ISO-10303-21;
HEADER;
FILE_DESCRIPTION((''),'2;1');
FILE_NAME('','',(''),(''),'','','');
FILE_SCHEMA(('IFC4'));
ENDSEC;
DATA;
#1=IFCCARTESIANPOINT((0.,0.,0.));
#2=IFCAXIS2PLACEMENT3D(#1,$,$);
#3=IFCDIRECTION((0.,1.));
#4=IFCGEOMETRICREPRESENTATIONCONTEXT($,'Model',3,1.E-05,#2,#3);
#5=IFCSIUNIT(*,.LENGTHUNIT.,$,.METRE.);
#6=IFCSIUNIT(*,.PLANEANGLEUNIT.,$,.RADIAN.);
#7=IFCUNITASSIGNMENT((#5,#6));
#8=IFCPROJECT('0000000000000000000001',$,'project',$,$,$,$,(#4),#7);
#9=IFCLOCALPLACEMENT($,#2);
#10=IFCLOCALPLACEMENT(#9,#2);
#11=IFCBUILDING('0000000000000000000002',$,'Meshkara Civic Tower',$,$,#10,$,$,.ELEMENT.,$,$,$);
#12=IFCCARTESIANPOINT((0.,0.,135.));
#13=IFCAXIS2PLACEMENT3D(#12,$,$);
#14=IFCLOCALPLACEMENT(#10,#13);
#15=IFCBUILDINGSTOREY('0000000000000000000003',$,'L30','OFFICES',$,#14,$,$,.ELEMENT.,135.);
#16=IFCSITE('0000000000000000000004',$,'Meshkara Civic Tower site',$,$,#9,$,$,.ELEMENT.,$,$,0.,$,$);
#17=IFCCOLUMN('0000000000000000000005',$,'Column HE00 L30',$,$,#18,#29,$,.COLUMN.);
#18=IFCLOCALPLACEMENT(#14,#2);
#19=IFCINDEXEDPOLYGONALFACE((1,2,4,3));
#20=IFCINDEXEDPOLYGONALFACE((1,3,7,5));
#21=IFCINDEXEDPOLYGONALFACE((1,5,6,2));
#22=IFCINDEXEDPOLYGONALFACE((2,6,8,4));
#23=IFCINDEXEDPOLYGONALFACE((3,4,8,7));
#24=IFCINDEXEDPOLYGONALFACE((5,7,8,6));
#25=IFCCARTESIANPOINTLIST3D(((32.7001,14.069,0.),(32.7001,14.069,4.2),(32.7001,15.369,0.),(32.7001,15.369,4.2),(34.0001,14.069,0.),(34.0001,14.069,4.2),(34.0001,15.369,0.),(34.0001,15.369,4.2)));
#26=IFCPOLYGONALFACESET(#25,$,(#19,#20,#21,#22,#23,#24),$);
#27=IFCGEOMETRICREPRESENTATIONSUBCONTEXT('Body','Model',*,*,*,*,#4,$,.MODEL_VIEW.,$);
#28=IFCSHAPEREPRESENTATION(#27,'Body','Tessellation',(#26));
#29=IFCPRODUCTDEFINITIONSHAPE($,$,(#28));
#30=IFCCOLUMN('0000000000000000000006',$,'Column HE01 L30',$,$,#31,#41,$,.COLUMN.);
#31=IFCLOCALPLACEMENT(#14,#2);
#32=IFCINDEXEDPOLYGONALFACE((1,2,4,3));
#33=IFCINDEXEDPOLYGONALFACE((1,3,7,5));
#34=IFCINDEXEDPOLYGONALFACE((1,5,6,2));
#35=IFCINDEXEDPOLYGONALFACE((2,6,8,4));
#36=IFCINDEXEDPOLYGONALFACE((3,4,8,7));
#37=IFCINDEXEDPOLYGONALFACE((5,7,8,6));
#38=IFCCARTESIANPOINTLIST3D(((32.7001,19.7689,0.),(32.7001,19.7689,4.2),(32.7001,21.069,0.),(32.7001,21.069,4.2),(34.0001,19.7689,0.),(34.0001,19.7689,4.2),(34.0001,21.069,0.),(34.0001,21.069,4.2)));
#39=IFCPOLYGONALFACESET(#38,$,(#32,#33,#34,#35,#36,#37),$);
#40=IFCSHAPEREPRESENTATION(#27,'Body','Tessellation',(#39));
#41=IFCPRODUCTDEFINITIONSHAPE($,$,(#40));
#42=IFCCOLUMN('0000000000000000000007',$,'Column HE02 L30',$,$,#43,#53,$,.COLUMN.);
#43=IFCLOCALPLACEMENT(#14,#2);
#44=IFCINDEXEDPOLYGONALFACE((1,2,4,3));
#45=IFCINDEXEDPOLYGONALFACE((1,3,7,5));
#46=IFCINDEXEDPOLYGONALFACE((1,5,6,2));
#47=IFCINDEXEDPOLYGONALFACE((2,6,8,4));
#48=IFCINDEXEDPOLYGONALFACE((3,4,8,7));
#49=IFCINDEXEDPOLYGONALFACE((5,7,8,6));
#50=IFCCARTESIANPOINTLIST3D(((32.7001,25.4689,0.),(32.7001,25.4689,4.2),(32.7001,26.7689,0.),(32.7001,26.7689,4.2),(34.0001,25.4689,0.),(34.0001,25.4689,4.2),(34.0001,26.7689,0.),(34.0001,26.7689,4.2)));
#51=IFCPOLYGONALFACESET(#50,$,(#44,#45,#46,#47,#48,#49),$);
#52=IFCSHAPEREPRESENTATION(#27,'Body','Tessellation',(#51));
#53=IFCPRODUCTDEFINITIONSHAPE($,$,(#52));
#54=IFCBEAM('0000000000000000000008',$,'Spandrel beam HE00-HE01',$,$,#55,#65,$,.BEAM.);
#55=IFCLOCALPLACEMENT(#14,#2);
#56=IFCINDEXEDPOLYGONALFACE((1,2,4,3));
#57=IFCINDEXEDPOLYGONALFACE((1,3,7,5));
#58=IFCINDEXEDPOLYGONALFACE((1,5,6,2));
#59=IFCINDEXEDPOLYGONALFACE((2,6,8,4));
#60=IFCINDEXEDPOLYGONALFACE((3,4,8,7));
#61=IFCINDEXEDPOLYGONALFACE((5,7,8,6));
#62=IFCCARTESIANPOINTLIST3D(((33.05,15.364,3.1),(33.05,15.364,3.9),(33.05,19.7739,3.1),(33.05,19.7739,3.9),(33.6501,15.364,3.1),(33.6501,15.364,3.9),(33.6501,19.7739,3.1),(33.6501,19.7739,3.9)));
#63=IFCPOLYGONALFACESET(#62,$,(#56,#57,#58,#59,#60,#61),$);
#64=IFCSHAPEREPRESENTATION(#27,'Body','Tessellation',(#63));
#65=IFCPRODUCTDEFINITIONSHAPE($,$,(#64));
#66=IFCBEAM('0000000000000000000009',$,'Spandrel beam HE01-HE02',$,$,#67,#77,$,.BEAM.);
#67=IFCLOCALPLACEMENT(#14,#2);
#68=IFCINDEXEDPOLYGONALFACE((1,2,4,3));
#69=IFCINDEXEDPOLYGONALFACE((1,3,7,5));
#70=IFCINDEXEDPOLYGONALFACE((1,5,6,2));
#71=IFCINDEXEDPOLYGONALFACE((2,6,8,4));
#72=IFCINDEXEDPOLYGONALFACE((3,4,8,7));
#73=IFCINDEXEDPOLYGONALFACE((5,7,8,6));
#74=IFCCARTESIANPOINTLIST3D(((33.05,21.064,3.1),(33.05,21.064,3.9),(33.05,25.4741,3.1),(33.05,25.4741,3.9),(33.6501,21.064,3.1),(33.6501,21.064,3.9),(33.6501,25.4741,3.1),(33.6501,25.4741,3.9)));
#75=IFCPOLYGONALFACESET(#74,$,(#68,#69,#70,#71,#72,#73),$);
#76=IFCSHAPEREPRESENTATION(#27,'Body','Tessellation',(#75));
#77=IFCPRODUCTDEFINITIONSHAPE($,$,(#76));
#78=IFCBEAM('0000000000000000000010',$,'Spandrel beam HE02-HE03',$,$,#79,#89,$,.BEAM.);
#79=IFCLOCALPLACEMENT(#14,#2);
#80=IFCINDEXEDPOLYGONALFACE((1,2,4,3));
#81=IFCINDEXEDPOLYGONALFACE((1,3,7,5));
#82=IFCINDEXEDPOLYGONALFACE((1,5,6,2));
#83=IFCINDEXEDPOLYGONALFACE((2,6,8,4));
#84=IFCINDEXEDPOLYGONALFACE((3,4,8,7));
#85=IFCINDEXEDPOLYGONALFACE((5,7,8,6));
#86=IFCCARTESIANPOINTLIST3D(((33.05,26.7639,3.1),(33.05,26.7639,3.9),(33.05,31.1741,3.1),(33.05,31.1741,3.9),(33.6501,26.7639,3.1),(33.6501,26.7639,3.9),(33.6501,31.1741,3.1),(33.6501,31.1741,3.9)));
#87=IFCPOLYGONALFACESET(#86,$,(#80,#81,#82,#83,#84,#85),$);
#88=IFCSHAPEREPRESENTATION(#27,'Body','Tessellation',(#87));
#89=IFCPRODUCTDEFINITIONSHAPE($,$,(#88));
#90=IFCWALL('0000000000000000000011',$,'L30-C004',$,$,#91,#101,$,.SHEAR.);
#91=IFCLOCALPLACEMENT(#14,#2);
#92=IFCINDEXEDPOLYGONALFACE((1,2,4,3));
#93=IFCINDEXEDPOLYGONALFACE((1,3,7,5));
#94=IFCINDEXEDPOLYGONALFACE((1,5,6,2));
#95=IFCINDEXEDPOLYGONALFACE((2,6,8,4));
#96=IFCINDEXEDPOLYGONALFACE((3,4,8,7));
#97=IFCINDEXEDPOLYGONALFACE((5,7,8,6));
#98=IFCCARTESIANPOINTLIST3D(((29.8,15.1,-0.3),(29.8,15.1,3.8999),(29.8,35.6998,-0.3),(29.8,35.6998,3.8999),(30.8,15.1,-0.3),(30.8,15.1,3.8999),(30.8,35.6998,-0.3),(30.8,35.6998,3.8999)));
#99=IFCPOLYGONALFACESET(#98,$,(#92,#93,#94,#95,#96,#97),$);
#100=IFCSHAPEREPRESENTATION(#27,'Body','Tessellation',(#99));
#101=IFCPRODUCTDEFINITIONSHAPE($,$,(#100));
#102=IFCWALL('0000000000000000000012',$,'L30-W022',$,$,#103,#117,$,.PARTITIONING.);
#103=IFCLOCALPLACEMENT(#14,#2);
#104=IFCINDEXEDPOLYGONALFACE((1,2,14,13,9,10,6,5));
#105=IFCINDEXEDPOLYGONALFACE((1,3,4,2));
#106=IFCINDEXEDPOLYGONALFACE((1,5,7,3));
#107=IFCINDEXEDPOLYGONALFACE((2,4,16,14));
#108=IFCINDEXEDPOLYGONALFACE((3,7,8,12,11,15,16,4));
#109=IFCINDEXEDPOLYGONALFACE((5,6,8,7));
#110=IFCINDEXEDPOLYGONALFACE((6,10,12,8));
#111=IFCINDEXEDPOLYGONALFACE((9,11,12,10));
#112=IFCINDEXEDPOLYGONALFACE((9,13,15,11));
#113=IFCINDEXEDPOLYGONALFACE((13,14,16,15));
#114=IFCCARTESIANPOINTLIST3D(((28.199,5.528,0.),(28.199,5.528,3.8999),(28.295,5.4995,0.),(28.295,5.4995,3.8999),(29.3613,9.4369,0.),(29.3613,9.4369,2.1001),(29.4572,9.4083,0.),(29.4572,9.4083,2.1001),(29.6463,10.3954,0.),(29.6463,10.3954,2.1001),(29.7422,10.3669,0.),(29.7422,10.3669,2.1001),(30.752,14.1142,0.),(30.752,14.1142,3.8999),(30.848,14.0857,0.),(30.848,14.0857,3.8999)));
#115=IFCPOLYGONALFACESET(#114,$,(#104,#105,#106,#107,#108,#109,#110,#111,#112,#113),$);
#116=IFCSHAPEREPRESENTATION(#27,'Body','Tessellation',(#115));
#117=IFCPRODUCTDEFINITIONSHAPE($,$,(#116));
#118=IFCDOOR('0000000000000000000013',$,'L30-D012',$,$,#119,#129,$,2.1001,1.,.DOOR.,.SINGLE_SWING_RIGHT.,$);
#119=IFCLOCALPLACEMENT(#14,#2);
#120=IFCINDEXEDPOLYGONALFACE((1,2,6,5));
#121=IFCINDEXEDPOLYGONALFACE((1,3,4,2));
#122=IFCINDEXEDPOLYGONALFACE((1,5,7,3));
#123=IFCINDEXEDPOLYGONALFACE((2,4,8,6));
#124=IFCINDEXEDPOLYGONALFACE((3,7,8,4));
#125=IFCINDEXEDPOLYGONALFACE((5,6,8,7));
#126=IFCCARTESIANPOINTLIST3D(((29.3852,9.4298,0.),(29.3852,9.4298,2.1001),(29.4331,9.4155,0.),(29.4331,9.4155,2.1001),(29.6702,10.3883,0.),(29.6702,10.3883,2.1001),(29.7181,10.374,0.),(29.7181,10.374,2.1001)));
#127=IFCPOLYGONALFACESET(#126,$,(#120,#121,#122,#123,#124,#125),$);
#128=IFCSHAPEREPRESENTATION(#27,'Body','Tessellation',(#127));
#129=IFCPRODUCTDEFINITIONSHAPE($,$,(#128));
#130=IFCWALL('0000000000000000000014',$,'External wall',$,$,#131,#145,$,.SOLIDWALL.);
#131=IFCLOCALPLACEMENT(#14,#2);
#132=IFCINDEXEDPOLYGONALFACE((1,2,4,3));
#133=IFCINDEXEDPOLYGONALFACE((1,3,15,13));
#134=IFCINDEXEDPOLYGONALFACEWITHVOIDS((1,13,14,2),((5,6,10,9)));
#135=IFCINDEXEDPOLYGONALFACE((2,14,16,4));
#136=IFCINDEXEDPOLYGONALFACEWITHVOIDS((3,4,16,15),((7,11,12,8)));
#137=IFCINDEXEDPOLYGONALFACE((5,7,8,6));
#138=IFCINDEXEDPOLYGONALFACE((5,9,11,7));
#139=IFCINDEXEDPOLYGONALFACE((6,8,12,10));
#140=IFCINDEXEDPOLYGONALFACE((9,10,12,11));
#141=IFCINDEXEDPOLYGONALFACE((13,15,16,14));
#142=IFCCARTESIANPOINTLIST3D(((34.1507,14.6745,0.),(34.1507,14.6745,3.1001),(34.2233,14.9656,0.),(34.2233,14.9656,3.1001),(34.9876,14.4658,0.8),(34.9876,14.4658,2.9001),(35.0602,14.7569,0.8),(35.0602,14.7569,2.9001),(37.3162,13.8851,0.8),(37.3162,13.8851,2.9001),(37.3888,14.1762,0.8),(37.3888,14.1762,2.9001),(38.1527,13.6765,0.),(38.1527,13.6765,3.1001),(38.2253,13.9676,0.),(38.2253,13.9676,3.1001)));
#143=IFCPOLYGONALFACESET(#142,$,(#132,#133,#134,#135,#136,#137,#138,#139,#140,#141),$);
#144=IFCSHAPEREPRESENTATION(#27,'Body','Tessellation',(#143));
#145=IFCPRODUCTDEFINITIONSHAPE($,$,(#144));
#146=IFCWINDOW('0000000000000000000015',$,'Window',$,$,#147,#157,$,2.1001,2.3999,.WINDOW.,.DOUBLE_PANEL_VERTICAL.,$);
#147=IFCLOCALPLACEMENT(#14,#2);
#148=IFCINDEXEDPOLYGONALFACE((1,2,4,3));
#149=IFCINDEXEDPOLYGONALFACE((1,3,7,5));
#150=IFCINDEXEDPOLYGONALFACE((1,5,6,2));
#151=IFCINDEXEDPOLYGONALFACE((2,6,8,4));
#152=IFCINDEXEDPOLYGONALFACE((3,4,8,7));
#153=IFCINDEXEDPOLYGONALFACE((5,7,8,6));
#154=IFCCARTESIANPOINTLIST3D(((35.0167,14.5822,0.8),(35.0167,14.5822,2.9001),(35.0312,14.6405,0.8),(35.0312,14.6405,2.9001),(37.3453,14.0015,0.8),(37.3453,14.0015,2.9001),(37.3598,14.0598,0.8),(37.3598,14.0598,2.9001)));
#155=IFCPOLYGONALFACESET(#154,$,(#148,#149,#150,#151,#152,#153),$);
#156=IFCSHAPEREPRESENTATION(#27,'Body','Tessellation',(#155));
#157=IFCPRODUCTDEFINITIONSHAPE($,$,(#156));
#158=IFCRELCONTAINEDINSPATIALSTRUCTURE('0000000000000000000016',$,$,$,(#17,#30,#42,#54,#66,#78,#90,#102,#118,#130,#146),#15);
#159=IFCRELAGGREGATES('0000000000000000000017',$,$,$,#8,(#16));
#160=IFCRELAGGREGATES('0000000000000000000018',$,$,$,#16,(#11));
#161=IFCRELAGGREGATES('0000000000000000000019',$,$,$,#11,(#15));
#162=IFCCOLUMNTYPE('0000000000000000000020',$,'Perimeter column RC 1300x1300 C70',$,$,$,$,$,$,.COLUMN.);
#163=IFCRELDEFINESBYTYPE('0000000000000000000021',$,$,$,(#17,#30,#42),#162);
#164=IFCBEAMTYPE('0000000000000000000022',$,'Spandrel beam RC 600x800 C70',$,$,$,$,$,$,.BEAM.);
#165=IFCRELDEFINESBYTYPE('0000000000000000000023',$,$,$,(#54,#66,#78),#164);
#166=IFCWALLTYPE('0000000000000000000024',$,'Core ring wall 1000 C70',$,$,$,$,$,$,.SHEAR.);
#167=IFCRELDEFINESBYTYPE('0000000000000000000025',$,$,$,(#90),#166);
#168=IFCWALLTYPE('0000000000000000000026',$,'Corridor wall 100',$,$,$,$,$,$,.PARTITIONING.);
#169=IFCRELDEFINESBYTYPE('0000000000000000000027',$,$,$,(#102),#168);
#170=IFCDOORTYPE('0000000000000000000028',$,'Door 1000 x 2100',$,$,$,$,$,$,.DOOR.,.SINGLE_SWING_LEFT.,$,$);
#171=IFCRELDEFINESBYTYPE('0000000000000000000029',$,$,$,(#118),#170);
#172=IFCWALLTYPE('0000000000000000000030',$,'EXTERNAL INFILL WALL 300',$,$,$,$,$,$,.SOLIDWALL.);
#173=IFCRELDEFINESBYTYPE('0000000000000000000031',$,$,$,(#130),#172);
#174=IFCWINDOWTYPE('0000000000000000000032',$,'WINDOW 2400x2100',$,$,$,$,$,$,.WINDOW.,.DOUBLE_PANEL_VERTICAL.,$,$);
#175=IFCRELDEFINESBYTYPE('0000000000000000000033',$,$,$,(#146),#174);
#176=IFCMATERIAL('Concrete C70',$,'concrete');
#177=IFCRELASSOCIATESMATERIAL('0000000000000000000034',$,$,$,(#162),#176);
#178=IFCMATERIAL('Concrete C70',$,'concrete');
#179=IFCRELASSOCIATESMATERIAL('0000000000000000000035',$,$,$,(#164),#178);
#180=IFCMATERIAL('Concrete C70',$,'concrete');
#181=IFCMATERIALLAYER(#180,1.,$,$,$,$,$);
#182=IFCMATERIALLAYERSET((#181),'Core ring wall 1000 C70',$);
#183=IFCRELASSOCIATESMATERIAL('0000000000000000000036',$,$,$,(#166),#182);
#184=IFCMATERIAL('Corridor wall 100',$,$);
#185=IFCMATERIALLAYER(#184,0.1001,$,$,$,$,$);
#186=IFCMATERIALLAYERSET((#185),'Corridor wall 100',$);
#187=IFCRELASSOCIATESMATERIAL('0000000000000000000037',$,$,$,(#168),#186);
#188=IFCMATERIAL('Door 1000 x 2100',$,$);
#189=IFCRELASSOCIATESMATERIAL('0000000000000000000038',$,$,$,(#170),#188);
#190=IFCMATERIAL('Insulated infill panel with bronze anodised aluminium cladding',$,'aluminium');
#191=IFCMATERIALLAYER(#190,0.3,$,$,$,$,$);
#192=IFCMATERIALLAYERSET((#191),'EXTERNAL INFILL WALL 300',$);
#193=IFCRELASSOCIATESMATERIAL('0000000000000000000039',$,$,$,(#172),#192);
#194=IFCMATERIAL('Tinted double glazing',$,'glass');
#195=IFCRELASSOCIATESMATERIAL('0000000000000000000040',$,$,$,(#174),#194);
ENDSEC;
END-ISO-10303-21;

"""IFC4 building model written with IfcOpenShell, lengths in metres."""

from ifc_helpers import new_model, si_unit, direction, frame, frame_2d, origin, origin_2d, place, context, subcontext, project, spatial, rectangle, extrude, material, layer, layer_set, material_profile, profile_set, type_object, element, fill, save


model = new_model("IFC4")

# Units and contexts
model_context = context("Model", 3, precision=1e-05, world=origin(), true_north=direction((0.0, 1.0)))
body_context = subcontext(model_context, "Body", "Model", "MODEL_VIEW")
ifc_project = project(units=[si_unit("LENGTHUNIT", "METRE"), si_unit("PLANEANGLEUNIT", "RADIAN")], contexts=[model_context])

# Site, building, storey
site_placement = place(None, origin())
site = spatial("IfcSite", under=ifc_project, at=site_placement, Name="Meshkara Civic Tower site", CompositionType="ELEMENT", RefElevation=0.0)
building_placement = place(site_placement, origin())
building = spatial("IfcBuilding", under=site, at=building_placement, Name="Meshkara Civic Tower", CompositionType="ELEMENT")
storey_placement = place(building_placement, frame((0.0, 0.0, 135.0)))
storey = spatial("IfcBuildingStorey", under=building, at=storey_placement, Name="L30", Description="OFFICES", CompositionType="ELEMENT", Elevation=135.0)

# Columns
ifc_material_1 = material(Name="Concrete C70", Category="concrete")
ifc_material_profile_1 = material_profile(ifc_material_1, rectangle(XDim=1.3, YDim=1.3, at=origin_2d()))
ifc_profile_set_1 = profile_set([ifc_material_profile_1], Name="Concrete C70")
column_type = type_object("IfcColumnType", Name="Perimeter column RC 1300x1300 C70", PredefinedType="COLUMN", material=ifc_profile_set_1)
for number, where, z_axis, x_axis, name in (
    (1, (33.3501, 14.719, 0.0), (0.0, 0.0, 1.0), (1.0, 0.0, 0.0), "Column HE00 L30"),
    (2, (33.3501, 20.4189, 0.0), (0.0, 0.0, 1.0), (1.0, 0.0, 0.0), "Column HE01 L30"),
    (3, (33.3501, 26.1189, 0.0), (0.0, 0.0, 1.0), (1.0, 0.0, 0.0), "Column HE02 L30"),
):
    element("IfcColumn", number, at=place(storey_placement, frame(where, z_axis=z_axis, x_axis=x_axis)), inside=storey, type_object=column_type, Name=name, PredefinedType="COLUMN", context=body_context, shape_type="SweptSolid", body=[
        extrude(rectangle(XDim=1.3, YDim=1.3, at=origin_2d()), origin(), (0.0, 0.0, 1.0), 4.2),
    ])

# Beams
ifc_material_2 = material(Name="Concrete C70", Category="concrete")
ifc_material_profile_2 = material_profile(ifc_material_2, rectangle(XDim=0.6001, YDim=0.8, at=origin_2d()))
ifc_profile_set_2 = profile_set([ifc_material_profile_2], Name="Concrete C70")
beam_type = type_object("IfcBeamType", Name="Spandrel beam RC 600x800 C70", PredefinedType="BEAM", material=ifc_profile_set_2)
beam_placement = place(storey_placement, frame((33.3501, 15.364, 3.5), z_axis=(0.0, 1.0, 0.0), x_axis=(-1.0, 0.0, 0.0)))
element("IfcBeam", 4, at=beam_placement, inside=storey, type_object=beam_type, Name="Spandrel beam HE00-HE01", PredefinedType="BEAM", context=body_context, shape_type="SweptSolid", body=[
    extrude(rectangle(XDim=0.6001, YDim=0.8, at=origin_2d()), origin(), (0.0, 0.0, 1.0), 4.4099),
])
for number, where, z_axis, x_axis, name in (
    (5, (33.3501, 21.064, 3.5), (0.0, 1.0, 0.0), (-1.0, 0.0, 0.0), "Spandrel beam HE01-HE02"),
    (6, (33.3501, 26.7639, 3.5), (0.0, 1.0, 0.0), (-1.0, 0.0, 0.0), "Spandrel beam HE02-HE03"),
):
    element("IfcBeam", number, at=place(storey_placement, frame(where, z_axis=z_axis, x_axis=x_axis)), inside=storey, type_object=beam_type, Name=name, PredefinedType="BEAM", context=body_context, shape_type="SweptSolid", body=[
        extrude(rectangle(XDim=0.6001, YDim=0.8, at=origin_2d()), origin(), (0.0, 0.0, 1.0), 4.4102),
    ])

# Wall
ifc_material_3 = material(Name="Concrete C70", Category="concrete")
ifc_layer_1 = layer(ifc_material_3, 1.0)
ifc_layer_set_1 = layer_set([ifc_layer_1], Name="Core ring wall 1000 C70")
wall_type_1 = type_object("IfcWallType", Name="Core ring wall 1000 C70", PredefinedType="SHEAR", material=ifc_layer_set_1)
wall_1_placement = place(storey_placement, frame((30.3, 15.1001, -0.3), z_axis=(0.0, 0.0, 1.0), x_axis=(0.0, 1.0, 0.0)))
element("IfcWall", 7, at=wall_1_placement, inside=storey, type_object=wall_type_1, Name="L30-C004", PredefinedType="SHEAR", context=body_context, shape_type="SweptSolid", body=[
    extrude(rectangle(XDim=20.5999, YDim=1.0, at=frame_2d((10.2998, 0.0))), origin(), (0.0, 0.0, 1.0), 4.2),
])

# Wall, opening, door
ifc_material_4 = material(Name="Corridor wall 100")
ifc_layer_2 = layer(ifc_material_4, 0.1001)
ifc_layer_set_2 = layer_set([ifc_layer_2], Name="Corridor wall 100")
wall_type_2 = type_object("IfcWallType", Name="Corridor wall 100", PredefinedType="PARTITIONING", material=ifc_layer_set_2)
wall_2_placement = place(storey_placement, frame((30.8, 14.1001, 0.0), z_axis=(0.0, 0.0, 1.0), x_axis=(-0.285004, -0.958526, 0.0)))
wall_2 = element("IfcWall", 8, at=wall_2_placement, inside=storey, type_object=wall_type_2, Name="L30-W022", PredefinedType="PARTITIONING", context=body_context, shape_type="SweptSolid", body=[
    extrude(rectangle(XDim=8.9578, YDim=0.1001, at=frame_2d((4.479, 0.0))), origin(), (0.0, 0.0, 1.0), 3.8999),
])
opening_1_placement = place(wall_2_placement, frame((3.8799, 0.0, 0.0)))
opening_1 = element("IfcOpeningElement", 9, at=opening_1_placement, cuts=wall_2, PredefinedType="OPENING", context=body_context, shape_type="SweptSolid", body=[
    extrude(rectangle(XDim=1.0, YDim=2.1001, at=frame_2d((0.5, 1.05))), frame((0.0, 0.0601, 0.0), z_axis=(0.0, -1.0, 0.0), x_axis=(1.0, 0.0, 0.0)), (0.0, 0.0, 1.0), 0.1201),
])
ifc_material_5 = material(Name="Door 1000 x 2100")
door_type_1 = type_object("IfcDoorType", Name="Door 1000 x 2100", OperationType="SINGLE_SWING_LEFT", PredefinedType="DOOR", material=ifc_material_5)
door_1_placement = place(opening_1_placement, origin())
door_1 = element("IfcDoor", 10, at=door_1_placement, inside=storey, type_object=door_type_1, Name="L30-D012", OperationType="SINGLE_SWING_RIGHT", OverallHeight=2.1001, OverallWidth=1.0, PredefinedType="DOOR", context=body_context, shape_type="SweptSolid", body=[
    extrude(rectangle(XDim=1.0, YDim=2.1001, at=frame_2d((0.5, 1.05))), frame((0.0, 0.0249, 0.0), z_axis=(0.0, -1.0, 0.0), x_axis=(1.0, 0.0, 0.0)), (0.0, 0.0, 1.0), 0.05),
])
fill(opening_1, door_1)

# Wall, opening, window
ifc_material_6 = material(Name="Insulated infill panel with bronze anodised aluminium cladding", Category="aluminium")
ifc_layer_3 = layer(ifc_material_6, 0.3)
ifc_layer_set_3 = layer_set([ifc_layer_3], Name="EXTERNAL INFILL WALL 300")
wall_type_3 = type_object("IfcWallType", Name="EXTERNAL INFILL WALL 300", PredefinedType="SOLIDWALL", material=ifc_layer_set_3)
wall_3_placement = place(storey_placement, frame((38.189, 13.822, 0.0), z_axis=(0.0, 0.0, 1.0), x_axis=(-0.970282, 0.241978, 0.0)))
wall_3 = element("IfcWall", 11, at=wall_3_placement, inside=storey, type_object=wall_type_3, Name="External wall", PredefinedType="SOLIDWALL", context=body_context, shape_type="SweptSolid", body=[
    extrude(rectangle(XDim=4.1245, YDim=0.3, at=frame_2d((2.0623, 0.0))), origin(), (0.0, 0.0, 1.0), 3.1001),
])
opening_2_placement = place(wall_3_placement, frame((0.8621, 0.0, 0.8)))
opening_2 = element("IfcOpeningElement", 12, at=opening_2_placement, cuts=wall_3, PredefinedType="OPENING", context=body_context, shape_type="SweptSolid", body=[
    extrude(rectangle(XDim=2.3999, YDim=2.1001, at=frame_2d((1.2, 1.05))), frame((0.0, 0.1599, 0.0), z_axis=(0.0, -1.0, 0.0), x_axis=(1.0, 0.0, 0.0)), (0.0, 0.0, 1.0), 0.3201),
])
ifc_material_7 = material(Name="Tinted double glazing", Category="glass")
window_type = type_object("IfcWindowType", Name="WINDOW 2400x2100", PartitioningType="DOUBLE_PANEL_VERTICAL", PredefinedType="WINDOW", material=ifc_material_7)
window_1_placement = place(opening_2_placement, origin())
window_1 = element("IfcWindow", 13, at=window_1_placement, inside=storey, type_object=window_type, Name="Window", OverallHeight=2.1001, OverallWidth=2.3999, PartitioningType="DOUBLE_PANEL_VERTICAL", PredefinedType="WINDOW", context=body_context, shape_type="SweptSolid", body=[
    extrude(rectangle(XDim=2.3999, YDim=2.1001, at=frame_2d((1.2, 1.05))), frame((0.0, 0.03, 0.0), z_axis=(0.0, -1.0, 0.0), x_axis=(1.0, 0.0, 0.0)), (0.0, 0.0, 1.0), 0.0601),
])
fill(opening_2, window_1)

save(model, "model.ifc")
